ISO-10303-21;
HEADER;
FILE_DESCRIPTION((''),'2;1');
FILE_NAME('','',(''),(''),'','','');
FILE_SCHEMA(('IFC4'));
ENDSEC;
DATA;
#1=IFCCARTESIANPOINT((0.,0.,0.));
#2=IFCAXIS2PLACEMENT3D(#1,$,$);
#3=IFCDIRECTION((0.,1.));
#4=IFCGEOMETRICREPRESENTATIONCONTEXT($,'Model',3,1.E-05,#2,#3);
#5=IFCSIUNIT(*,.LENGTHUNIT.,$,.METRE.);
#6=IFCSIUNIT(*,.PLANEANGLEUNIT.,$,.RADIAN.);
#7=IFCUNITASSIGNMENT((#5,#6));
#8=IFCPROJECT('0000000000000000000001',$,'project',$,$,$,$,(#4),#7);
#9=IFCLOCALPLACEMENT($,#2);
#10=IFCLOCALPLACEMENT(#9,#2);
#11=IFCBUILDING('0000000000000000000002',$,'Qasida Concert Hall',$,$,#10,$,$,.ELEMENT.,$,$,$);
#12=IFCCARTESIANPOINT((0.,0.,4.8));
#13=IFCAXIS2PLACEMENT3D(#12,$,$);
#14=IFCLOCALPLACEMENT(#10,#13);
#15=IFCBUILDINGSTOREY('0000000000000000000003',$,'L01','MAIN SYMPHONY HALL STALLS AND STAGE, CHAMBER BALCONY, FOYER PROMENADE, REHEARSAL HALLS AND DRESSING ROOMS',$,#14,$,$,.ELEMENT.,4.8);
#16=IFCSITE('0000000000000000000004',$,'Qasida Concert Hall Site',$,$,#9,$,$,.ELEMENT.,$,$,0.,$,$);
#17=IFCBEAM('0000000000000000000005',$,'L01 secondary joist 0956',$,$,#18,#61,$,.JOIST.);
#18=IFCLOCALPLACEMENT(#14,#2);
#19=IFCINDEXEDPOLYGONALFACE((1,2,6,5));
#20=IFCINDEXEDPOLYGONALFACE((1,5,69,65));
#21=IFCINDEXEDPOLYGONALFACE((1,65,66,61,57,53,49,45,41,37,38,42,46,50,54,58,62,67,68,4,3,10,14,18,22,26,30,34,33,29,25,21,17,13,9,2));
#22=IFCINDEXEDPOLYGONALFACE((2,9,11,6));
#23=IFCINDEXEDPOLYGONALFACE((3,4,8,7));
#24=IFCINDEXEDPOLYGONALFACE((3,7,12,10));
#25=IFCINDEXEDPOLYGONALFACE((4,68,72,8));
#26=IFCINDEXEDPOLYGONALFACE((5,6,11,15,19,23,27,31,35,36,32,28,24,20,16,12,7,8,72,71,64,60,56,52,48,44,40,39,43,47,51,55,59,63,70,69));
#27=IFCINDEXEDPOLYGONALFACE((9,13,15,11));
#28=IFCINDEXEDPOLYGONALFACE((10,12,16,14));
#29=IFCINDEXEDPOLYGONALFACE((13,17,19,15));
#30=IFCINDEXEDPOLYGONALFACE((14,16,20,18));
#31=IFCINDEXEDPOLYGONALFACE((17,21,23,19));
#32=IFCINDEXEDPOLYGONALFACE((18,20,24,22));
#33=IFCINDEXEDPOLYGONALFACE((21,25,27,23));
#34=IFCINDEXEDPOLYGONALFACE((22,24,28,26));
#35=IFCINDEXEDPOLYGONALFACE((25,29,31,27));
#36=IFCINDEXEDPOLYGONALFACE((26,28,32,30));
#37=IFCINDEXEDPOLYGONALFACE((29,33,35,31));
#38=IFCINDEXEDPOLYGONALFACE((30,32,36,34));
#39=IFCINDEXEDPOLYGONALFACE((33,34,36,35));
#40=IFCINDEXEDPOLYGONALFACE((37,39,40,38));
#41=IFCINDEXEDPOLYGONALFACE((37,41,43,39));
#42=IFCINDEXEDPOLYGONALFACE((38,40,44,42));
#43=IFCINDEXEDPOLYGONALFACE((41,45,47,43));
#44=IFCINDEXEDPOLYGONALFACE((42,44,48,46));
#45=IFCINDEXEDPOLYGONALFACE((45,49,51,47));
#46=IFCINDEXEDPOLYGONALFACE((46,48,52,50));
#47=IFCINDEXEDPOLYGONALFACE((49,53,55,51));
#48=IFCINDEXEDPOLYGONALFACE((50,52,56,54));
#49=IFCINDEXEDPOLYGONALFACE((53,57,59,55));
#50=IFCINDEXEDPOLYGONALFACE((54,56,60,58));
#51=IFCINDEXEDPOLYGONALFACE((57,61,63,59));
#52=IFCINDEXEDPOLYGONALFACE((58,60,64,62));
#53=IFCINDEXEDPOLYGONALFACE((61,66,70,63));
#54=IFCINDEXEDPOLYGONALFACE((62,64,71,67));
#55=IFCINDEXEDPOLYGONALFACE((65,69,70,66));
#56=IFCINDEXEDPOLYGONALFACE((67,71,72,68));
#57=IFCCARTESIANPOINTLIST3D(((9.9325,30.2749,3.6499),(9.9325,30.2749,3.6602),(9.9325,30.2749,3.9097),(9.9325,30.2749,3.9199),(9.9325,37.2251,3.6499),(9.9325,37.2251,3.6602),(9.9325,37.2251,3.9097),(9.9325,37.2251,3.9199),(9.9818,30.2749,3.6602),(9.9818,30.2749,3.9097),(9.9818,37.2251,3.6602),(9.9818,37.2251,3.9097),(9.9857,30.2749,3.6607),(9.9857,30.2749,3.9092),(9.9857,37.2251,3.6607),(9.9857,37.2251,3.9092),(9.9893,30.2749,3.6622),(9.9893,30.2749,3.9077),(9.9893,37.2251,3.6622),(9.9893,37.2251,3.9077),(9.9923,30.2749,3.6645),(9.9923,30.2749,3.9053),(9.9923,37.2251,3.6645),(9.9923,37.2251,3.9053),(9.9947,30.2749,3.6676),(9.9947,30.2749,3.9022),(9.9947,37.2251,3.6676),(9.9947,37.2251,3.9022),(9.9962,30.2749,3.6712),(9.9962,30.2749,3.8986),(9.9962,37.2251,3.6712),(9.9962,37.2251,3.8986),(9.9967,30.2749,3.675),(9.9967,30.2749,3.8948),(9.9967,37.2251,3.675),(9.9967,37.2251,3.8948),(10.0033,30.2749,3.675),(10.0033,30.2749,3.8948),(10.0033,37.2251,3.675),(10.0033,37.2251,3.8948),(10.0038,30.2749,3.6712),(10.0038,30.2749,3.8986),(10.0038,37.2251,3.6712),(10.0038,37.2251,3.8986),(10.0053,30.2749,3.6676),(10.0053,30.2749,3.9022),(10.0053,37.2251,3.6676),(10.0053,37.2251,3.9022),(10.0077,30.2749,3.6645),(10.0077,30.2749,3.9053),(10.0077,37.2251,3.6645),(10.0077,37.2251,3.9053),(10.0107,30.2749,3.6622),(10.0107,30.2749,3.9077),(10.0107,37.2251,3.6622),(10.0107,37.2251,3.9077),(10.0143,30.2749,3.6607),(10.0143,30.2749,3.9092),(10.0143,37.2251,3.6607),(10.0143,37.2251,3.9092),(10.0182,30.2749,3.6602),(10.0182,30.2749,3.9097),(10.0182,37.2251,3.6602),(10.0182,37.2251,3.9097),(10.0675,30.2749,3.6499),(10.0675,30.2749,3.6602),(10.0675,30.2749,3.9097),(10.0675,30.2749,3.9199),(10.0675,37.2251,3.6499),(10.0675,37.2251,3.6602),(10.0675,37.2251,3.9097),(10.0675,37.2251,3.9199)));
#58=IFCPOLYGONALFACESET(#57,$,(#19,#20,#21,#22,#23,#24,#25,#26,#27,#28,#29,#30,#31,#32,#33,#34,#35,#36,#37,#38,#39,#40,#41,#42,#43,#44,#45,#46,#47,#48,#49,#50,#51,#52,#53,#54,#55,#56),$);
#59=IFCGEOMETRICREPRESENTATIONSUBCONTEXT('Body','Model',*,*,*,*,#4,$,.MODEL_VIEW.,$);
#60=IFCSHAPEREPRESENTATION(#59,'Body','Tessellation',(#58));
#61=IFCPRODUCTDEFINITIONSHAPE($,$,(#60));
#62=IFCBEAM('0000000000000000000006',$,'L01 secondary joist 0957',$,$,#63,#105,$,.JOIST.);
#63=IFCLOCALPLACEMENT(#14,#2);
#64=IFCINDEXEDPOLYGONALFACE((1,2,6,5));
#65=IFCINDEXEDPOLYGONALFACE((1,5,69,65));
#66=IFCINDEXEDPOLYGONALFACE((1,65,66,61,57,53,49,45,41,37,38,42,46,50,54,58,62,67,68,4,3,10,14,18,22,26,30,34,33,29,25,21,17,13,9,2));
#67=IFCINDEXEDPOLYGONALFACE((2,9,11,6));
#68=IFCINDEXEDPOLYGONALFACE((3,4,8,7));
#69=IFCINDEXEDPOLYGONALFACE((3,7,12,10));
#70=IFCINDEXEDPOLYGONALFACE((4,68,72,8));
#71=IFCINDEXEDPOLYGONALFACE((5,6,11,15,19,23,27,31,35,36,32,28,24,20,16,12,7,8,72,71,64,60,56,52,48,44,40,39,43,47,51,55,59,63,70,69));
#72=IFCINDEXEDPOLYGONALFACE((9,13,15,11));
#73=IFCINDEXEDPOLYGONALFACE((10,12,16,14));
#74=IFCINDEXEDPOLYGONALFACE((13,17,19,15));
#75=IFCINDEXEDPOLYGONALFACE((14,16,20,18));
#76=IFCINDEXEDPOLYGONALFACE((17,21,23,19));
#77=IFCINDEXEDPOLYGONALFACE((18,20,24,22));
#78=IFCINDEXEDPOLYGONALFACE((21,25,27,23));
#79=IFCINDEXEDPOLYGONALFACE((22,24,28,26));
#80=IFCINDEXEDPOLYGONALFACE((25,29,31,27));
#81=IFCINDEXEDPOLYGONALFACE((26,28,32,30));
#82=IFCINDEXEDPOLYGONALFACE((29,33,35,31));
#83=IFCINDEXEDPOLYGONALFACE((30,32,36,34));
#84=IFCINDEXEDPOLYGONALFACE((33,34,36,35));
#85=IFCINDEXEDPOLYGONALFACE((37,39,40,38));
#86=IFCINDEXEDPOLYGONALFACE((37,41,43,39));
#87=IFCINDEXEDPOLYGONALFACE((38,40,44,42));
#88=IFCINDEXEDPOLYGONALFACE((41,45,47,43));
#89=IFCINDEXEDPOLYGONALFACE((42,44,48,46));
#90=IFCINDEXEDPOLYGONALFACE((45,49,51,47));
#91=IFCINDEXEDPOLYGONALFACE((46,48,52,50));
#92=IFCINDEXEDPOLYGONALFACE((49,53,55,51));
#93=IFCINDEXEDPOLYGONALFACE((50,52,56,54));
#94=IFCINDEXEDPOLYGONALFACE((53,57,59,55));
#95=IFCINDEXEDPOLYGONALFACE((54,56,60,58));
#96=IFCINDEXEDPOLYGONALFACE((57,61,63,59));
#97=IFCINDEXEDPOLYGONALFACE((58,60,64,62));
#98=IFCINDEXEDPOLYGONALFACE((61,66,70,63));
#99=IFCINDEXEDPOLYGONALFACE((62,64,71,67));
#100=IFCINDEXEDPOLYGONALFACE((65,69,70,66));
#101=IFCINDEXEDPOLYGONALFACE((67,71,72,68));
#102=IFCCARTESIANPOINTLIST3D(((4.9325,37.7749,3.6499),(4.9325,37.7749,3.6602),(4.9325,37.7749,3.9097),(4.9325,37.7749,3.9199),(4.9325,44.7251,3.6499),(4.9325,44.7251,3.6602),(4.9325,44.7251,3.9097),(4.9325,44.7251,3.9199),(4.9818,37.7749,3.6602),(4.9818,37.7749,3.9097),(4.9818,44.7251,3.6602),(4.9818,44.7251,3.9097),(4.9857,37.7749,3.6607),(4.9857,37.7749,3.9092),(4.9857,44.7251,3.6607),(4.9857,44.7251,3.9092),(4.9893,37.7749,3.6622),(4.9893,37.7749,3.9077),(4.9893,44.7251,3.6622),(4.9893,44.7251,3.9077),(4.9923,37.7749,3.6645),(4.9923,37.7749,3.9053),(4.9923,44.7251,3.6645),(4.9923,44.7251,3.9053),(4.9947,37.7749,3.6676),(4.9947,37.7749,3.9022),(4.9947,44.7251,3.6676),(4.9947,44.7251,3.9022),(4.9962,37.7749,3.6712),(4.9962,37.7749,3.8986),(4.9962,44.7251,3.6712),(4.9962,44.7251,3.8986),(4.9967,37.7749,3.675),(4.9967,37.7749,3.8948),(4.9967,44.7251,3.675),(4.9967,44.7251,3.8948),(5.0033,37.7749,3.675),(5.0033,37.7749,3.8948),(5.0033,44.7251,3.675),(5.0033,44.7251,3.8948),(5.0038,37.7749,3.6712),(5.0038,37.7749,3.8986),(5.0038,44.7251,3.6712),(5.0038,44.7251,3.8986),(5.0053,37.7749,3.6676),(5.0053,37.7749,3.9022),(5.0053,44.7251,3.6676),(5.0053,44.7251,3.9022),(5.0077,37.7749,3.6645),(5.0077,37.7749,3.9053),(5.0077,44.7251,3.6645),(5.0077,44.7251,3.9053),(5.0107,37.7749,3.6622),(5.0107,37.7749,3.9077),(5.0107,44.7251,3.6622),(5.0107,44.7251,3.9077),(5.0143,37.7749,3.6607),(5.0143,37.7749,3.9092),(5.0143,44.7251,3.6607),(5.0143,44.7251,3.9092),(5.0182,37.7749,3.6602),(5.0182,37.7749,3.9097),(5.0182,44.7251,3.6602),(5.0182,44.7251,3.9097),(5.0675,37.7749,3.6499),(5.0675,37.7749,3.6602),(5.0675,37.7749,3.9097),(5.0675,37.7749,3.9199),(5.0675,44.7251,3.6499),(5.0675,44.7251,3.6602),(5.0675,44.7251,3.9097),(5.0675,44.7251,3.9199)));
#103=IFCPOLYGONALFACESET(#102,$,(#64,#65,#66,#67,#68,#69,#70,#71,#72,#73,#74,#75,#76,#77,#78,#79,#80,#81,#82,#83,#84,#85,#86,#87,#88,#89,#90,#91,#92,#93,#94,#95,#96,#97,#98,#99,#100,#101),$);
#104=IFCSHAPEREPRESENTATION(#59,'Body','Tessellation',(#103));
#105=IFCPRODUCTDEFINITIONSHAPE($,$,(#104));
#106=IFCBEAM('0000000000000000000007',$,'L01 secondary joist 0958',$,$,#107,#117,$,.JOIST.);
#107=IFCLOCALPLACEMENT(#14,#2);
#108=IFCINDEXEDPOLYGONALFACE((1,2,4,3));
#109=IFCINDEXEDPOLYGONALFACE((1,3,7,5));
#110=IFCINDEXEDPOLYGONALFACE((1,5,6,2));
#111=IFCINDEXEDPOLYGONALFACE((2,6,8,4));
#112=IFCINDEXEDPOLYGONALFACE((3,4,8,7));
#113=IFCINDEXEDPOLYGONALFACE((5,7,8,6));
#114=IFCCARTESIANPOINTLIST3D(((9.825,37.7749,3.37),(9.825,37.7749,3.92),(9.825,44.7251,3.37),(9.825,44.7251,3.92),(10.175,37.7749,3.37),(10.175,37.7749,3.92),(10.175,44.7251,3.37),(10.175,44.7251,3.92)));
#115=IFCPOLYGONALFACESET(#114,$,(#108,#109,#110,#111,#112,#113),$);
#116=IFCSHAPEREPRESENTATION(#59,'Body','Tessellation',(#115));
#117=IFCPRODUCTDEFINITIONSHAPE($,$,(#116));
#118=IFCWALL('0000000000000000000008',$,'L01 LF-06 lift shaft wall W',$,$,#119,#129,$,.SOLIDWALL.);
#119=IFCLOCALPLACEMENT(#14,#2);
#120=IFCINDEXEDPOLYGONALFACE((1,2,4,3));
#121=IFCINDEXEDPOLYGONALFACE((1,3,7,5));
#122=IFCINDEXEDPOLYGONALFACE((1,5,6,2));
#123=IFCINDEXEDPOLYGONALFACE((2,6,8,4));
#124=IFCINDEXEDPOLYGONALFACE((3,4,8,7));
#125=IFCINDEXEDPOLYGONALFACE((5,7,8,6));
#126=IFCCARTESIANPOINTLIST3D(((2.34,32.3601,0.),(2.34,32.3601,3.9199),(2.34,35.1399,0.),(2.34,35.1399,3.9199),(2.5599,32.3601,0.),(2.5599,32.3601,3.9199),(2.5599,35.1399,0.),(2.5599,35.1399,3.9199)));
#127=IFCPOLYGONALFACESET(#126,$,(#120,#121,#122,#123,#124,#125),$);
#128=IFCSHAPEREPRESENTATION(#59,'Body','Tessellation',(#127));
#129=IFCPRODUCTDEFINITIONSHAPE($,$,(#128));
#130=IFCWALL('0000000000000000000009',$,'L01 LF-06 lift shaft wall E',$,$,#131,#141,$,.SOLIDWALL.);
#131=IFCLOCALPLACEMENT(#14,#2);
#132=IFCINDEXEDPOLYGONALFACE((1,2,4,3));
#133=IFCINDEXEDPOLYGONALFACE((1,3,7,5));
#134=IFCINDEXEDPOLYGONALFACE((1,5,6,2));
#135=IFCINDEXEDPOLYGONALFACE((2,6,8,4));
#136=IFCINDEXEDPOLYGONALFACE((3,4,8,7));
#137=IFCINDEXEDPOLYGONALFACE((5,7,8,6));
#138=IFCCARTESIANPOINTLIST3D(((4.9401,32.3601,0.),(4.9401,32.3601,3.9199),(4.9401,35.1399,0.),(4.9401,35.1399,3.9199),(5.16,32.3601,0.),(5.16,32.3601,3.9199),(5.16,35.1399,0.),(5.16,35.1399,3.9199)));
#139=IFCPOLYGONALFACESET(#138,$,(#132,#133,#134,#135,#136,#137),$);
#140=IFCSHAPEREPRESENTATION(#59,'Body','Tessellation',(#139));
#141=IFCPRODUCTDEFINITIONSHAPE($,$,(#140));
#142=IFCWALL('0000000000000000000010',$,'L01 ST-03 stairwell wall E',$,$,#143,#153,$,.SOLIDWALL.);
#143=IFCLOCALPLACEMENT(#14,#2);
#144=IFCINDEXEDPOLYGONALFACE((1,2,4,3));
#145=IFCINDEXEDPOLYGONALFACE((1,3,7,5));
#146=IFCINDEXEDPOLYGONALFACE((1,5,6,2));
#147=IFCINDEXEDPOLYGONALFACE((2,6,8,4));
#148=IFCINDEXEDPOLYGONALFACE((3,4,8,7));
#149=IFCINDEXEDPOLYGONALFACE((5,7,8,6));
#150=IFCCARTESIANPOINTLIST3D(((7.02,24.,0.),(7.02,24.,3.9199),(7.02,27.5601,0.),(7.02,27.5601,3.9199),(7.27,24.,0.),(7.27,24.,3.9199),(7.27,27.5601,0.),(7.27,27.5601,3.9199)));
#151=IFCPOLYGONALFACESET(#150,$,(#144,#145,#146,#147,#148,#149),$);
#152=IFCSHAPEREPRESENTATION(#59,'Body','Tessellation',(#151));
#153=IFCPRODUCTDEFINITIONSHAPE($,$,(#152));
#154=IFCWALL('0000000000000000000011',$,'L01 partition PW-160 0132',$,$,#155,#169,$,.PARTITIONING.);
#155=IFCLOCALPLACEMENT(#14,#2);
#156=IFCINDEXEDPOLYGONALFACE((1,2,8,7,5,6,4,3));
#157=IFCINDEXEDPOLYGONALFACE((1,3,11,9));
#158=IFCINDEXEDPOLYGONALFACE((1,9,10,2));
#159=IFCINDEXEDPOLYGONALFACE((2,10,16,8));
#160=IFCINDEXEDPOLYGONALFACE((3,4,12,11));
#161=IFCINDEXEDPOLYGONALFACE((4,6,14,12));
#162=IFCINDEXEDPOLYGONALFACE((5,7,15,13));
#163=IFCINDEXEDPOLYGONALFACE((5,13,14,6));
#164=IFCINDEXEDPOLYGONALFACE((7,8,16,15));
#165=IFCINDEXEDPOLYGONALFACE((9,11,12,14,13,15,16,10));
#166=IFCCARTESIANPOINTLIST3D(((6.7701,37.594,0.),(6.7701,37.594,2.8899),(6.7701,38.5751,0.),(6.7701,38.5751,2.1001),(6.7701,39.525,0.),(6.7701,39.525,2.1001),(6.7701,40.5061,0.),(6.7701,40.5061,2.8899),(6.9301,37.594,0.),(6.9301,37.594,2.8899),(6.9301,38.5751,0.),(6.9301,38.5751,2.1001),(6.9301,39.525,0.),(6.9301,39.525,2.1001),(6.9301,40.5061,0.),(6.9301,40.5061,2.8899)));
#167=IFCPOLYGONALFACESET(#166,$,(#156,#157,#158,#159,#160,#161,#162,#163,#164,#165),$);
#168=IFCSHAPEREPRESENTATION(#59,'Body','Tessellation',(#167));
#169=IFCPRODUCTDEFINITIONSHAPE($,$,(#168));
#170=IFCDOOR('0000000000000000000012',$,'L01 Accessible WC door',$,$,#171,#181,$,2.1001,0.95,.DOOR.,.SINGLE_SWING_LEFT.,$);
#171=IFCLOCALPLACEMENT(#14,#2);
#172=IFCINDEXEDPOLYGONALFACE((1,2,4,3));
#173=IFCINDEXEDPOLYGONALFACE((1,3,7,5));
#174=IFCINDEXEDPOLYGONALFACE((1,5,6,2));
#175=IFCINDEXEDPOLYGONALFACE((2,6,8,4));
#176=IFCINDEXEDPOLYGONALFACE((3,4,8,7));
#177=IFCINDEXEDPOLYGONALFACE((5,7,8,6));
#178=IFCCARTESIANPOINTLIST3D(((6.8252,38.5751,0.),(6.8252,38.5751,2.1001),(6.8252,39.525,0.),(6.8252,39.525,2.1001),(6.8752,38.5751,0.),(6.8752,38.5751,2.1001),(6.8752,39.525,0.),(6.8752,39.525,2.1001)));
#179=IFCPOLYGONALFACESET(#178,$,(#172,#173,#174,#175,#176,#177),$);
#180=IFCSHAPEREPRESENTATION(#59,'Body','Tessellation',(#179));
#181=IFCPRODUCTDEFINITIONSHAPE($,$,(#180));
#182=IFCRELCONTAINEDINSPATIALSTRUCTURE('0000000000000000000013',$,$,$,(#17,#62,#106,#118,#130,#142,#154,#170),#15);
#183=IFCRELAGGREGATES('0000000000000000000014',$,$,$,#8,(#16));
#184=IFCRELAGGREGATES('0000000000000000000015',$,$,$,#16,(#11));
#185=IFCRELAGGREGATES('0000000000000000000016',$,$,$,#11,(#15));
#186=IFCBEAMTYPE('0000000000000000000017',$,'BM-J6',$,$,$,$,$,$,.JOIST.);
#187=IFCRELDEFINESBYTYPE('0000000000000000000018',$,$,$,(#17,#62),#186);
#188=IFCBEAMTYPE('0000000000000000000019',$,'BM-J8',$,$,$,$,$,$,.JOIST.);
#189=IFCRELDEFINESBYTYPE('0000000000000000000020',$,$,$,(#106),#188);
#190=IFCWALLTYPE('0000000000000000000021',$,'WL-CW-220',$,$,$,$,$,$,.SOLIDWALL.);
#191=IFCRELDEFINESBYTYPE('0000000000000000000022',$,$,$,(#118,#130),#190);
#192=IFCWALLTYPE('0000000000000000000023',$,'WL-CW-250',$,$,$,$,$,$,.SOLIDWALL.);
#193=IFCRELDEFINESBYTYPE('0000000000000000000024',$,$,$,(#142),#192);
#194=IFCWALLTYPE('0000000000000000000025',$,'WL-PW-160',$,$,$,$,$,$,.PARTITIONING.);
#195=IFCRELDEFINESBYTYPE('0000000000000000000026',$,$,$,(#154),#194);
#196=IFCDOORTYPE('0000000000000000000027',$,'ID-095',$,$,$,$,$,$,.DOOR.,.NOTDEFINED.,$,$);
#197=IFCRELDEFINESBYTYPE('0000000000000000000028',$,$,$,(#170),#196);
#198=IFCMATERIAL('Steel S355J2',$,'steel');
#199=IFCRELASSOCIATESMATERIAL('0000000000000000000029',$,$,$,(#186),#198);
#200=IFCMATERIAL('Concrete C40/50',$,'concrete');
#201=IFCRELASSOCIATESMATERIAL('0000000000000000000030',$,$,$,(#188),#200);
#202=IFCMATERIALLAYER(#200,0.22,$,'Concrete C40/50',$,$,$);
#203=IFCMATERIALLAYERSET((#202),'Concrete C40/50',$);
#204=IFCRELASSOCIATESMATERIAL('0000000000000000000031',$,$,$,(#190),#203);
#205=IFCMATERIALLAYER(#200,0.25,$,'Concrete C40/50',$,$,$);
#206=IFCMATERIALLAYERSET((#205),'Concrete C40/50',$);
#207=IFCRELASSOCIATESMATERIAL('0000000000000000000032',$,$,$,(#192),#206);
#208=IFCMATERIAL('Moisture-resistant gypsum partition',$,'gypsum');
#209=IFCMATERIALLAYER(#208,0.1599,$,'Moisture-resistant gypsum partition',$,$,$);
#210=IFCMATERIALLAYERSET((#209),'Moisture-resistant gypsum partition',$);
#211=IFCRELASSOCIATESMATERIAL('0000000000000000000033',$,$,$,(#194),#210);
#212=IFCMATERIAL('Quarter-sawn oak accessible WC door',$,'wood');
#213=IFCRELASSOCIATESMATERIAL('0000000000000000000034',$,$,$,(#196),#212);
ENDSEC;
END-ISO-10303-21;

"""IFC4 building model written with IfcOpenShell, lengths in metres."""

from ifc_helpers import new_model, si_unit, direction, frame, frame_2d, origin, origin_2d, place, context, subcontext, project, spatial, rectangle, i_section, extrude, material, layer, layer_set, material_profile, profile_set, type_object, element, fill, save


model = new_model("IFC4")

# Units and contexts
model_context = context("Model", 3, precision=1e-05, world=origin(), true_north=direction((0.0, 1.0)))
body_context = subcontext(model_context, "Body", "Model", "MODEL_VIEW")
ifc_project = project(units=[si_unit("LENGTHUNIT", "METRE"), si_unit("PLANEANGLEUNIT", "RADIAN")], contexts=[model_context])

# Site, building, storey
site_placement = place(None, origin())
site = spatial("IfcSite", under=ifc_project, at=site_placement, Name="Qasida Concert Hall Site", CompositionType="ELEMENT", RefElevation=0.0)
building_placement = place(site_placement, origin())
building = spatial("IfcBuilding", under=site, at=building_placement, Name="Qasida Concert Hall", CompositionType="ELEMENT")
storey_placement = place(building_placement, frame((0.0, 0.0, 4.8)))
storey = spatial("IfcBuildingStorey", under=building, at=storey_placement, Name="L01", Description="MAIN SYMPHONY HALL STALLS AND STAGE, CHAMBER BALCONY, FOYER PROMENADE, REHEARSAL HALLS AND DRESSING ROOMS", CompositionType="ELEMENT", Elevation=4.8)

# Beams
ifc_material_1 = material(Name="Concrete C40/50", Category="concrete")
ifc_material_2 = material(Name="Steel S355J2", Category="steel")
ifc_material_profile_1 = material_profile(ifc_material_2, i_section(OverallWidth=0.135, OverallDepth=0.27, WebThickness=0.0066, FlangeThickness=0.0103, FilletRadius=0.0149, at=origin_2d()), Name="IPE 270")
ifc_profile_set_1 = profile_set([ifc_material_profile_1], Name="Steel S355J2")
beam_type_1 = type_object("IfcBeamType", Name="BM-J6", PredefinedType="JOIST", material=ifc_profile_set_1)
for number, where, z_axis, x_axis, name in (
    (1, (10.0, 30.2749, 3.7849), (0.0, 1.0, 0.0), (-1.0, 0.0, 0.0), "L01 secondary joist 0956"),
    (2, (5.0, 37.7749, 3.7849), (0.0, 1.0, 0.0), (-1.0, 0.0, 0.0), "L01 secondary joist 0957"),
):
    element("IfcBeam", number, at=place(storey_placement, frame(where, z_axis=z_axis, x_axis=x_axis)), inside=storey, type_object=beam_type_1, Name=name, PredefinedType="JOIST", context=body_context, shape_type="SweptSolid", body=[
        extrude(i_section(OverallWidth=0.135, OverallDepth=0.27, WebThickness=0.0066, FlangeThickness=0.0103, FilletRadius=0.0149, at=origin_2d()), origin(), (0.0, 0.0, 1.0), 6.9502),
    ])
ifc_material_profile_2 = material_profile(ifc_material_1, rectangle(XDim=0.3501, YDim=0.55, at=origin_2d()), Name="RC 350x550")
ifc_profile_set_2 = profile_set([ifc_material_profile_2], Name="Concrete C40/50")
beam_type_2 = type_object("IfcBeamType", Name="BM-J8", PredefinedType="JOIST", material=ifc_profile_set_2)
beam_1_placement = place(storey_placement, frame((10.0, 37.7749, 3.645), z_axis=(0.0, 1.0, 0.0), x_axis=(-1.0, 0.0, 0.0)))
element("IfcBeam", 3, at=beam_1_placement, inside=storey, type_object=beam_type_2, Name="L01 secondary joist 0958", PredefinedType="JOIST", context=body_context, shape_type="SweptSolid", body=[
    extrude(rectangle(XDim=0.3501, YDim=0.55, at=origin_2d()), origin(), (0.0, 0.0, 1.0), 6.9502),
])

# Walls
ifc_layer_1 = layer(ifc_material_1, 0.22, Name="Concrete C40/50")
ifc_layer_set_1 = layer_set([ifc_layer_1], Name="Concrete C40/50")
wall_type_1 = type_object("IfcWallType", Name="WL-CW-220", PredefinedType="SOLIDWALL", material=ifc_layer_set_1)
for number, where, z_axis, x_axis, name in (
    (4, (2.45, 32.3601, 0.0), (0.0, 0.0, 1.0), (0.0, 1.0, 0.0), "L01 LF-06 lift shaft wall W"),
    (5, (5.05, 32.3601, 0.0), (0.0, 0.0, 1.0), (0.0, 1.0, 0.0), "L01 LF-06 lift shaft wall E"),
):
    element("IfcWall", number, at=place(storey_placement, frame(where, z_axis=z_axis, x_axis=x_axis)), inside=storey, type_object=wall_type_1, Name=name, PredefinedType="SOLIDWALL", context=body_context, shape_type="SweptSolid", body=[
        extrude(rectangle(XDim=2.7798, YDim=0.22, at=frame_2d((1.3899, 0.0))), origin(), (0.0, 0.0, 1.0), 3.9199),
    ])

# Wall
ifc_layer_2 = layer(ifc_material_1, 0.25, Name="Concrete C40/50")
ifc_layer_set_2 = layer_set([ifc_layer_2], Name="Concrete C40/50")
wall_type_2 = type_object("IfcWallType", Name="WL-CW-250", PredefinedType="SOLIDWALL", material=ifc_layer_set_2)
wall_1_placement = place(storey_placement, frame((7.145, 24.0, 0.0), z_axis=(0.0, 0.0, 1.0), x_axis=(0.0, 1.0, 0.0)))
element("IfcWall", 6, at=wall_1_placement, inside=storey, type_object=wall_type_2, Name="L01 ST-03 stairwell wall E", PredefinedType="SOLIDWALL", context=body_context, shape_type="SweptSolid", body=[
    extrude(rectangle(XDim=3.5601, YDim=0.25, at=frame_2d((1.78, 0.0))), origin(), (0.0, 0.0, 1.0), 3.9199),
])

# Wall, opening, door
ifc_material_3 = material(Name="Moisture-resistant gypsum partition", Category="gypsum")
ifc_layer_3 = layer(ifc_material_3, 0.1599, Name="Moisture-resistant gypsum partition")
ifc_layer_set_3 = layer_set([ifc_layer_3], Name="Moisture-resistant gypsum partition")
wall_type_3 = type_object("IfcWallType", Name="WL-PW-160", PredefinedType="PARTITIONING", material=ifc_layer_set_3)
wall_2_placement = place(storey_placement, frame((6.8501, 37.594, 0.0), z_axis=(0.0, 0.0, 1.0), x_axis=(0.0, 1.0, 0.0)))
wall_2 = element("IfcWall", 7, at=wall_2_placement, inside=storey, type_object=wall_type_3, Name="L01 partition PW-160 0132", PredefinedType="PARTITIONING", context=body_context, shape_type="SweptSolid", body=[
    extrude(rectangle(XDim=2.9121, YDim=0.1599, at=frame_2d((1.4561, 0.0))), origin(), (0.0, 0.0, 1.0), 2.8899),
])
opening_1_placement = place(wall_2_placement, frame((0.981, 0.0, 0.0)))
opening_1 = element("IfcOpeningElement", 8, at=opening_1_placement, cuts=wall_2, PredefinedType="OPENING", context=body_context, shape_type="SweptSolid", body=[
    extrude(rectangle(XDim=0.95, YDim=2.1001, at=frame_2d((0.4751, 1.05))), frame((0.0, 0.0898, 0.0), z_axis=(0.0, -1.0, 0.0), x_axis=(1.0, 0.0, 0.0)), (0.0, 0.0, 1.0), 0.1799),
])
ifc_material_4 = material(Name="Quarter-sawn oak accessible WC door", Category="wood")
door_type_1 = type_object("IfcDoorType", Name="ID-095", OperationType="NOTDEFINED", PredefinedType="DOOR", material=ifc_material_4)
door_1_placement = place(opening_1_placement, origin())
door_1 = element("IfcDoor", 9, at=door_1_placement, inside=storey, type_object=door_type_1, Name="L01 Accessible WC door", OperationType="SINGLE_SWING_LEFT", OverallHeight=2.1001, OverallWidth=0.95, PredefinedType="DOOR", context=body_context, shape_type="SweptSolid", body=[
    extrude(rectangle(XDim=0.95, YDim=2.1001, at=frame_2d((0.4751, 1.05))), frame((0.0, 0.0249, 0.0), z_axis=(0.0, -1.0, 0.0), x_axis=(1.0, 0.0, 0.0)), (0.0, 0.0, 1.0), 0.05),
])
fill(opening_1, door_1)

save(model, "model.ifc")
